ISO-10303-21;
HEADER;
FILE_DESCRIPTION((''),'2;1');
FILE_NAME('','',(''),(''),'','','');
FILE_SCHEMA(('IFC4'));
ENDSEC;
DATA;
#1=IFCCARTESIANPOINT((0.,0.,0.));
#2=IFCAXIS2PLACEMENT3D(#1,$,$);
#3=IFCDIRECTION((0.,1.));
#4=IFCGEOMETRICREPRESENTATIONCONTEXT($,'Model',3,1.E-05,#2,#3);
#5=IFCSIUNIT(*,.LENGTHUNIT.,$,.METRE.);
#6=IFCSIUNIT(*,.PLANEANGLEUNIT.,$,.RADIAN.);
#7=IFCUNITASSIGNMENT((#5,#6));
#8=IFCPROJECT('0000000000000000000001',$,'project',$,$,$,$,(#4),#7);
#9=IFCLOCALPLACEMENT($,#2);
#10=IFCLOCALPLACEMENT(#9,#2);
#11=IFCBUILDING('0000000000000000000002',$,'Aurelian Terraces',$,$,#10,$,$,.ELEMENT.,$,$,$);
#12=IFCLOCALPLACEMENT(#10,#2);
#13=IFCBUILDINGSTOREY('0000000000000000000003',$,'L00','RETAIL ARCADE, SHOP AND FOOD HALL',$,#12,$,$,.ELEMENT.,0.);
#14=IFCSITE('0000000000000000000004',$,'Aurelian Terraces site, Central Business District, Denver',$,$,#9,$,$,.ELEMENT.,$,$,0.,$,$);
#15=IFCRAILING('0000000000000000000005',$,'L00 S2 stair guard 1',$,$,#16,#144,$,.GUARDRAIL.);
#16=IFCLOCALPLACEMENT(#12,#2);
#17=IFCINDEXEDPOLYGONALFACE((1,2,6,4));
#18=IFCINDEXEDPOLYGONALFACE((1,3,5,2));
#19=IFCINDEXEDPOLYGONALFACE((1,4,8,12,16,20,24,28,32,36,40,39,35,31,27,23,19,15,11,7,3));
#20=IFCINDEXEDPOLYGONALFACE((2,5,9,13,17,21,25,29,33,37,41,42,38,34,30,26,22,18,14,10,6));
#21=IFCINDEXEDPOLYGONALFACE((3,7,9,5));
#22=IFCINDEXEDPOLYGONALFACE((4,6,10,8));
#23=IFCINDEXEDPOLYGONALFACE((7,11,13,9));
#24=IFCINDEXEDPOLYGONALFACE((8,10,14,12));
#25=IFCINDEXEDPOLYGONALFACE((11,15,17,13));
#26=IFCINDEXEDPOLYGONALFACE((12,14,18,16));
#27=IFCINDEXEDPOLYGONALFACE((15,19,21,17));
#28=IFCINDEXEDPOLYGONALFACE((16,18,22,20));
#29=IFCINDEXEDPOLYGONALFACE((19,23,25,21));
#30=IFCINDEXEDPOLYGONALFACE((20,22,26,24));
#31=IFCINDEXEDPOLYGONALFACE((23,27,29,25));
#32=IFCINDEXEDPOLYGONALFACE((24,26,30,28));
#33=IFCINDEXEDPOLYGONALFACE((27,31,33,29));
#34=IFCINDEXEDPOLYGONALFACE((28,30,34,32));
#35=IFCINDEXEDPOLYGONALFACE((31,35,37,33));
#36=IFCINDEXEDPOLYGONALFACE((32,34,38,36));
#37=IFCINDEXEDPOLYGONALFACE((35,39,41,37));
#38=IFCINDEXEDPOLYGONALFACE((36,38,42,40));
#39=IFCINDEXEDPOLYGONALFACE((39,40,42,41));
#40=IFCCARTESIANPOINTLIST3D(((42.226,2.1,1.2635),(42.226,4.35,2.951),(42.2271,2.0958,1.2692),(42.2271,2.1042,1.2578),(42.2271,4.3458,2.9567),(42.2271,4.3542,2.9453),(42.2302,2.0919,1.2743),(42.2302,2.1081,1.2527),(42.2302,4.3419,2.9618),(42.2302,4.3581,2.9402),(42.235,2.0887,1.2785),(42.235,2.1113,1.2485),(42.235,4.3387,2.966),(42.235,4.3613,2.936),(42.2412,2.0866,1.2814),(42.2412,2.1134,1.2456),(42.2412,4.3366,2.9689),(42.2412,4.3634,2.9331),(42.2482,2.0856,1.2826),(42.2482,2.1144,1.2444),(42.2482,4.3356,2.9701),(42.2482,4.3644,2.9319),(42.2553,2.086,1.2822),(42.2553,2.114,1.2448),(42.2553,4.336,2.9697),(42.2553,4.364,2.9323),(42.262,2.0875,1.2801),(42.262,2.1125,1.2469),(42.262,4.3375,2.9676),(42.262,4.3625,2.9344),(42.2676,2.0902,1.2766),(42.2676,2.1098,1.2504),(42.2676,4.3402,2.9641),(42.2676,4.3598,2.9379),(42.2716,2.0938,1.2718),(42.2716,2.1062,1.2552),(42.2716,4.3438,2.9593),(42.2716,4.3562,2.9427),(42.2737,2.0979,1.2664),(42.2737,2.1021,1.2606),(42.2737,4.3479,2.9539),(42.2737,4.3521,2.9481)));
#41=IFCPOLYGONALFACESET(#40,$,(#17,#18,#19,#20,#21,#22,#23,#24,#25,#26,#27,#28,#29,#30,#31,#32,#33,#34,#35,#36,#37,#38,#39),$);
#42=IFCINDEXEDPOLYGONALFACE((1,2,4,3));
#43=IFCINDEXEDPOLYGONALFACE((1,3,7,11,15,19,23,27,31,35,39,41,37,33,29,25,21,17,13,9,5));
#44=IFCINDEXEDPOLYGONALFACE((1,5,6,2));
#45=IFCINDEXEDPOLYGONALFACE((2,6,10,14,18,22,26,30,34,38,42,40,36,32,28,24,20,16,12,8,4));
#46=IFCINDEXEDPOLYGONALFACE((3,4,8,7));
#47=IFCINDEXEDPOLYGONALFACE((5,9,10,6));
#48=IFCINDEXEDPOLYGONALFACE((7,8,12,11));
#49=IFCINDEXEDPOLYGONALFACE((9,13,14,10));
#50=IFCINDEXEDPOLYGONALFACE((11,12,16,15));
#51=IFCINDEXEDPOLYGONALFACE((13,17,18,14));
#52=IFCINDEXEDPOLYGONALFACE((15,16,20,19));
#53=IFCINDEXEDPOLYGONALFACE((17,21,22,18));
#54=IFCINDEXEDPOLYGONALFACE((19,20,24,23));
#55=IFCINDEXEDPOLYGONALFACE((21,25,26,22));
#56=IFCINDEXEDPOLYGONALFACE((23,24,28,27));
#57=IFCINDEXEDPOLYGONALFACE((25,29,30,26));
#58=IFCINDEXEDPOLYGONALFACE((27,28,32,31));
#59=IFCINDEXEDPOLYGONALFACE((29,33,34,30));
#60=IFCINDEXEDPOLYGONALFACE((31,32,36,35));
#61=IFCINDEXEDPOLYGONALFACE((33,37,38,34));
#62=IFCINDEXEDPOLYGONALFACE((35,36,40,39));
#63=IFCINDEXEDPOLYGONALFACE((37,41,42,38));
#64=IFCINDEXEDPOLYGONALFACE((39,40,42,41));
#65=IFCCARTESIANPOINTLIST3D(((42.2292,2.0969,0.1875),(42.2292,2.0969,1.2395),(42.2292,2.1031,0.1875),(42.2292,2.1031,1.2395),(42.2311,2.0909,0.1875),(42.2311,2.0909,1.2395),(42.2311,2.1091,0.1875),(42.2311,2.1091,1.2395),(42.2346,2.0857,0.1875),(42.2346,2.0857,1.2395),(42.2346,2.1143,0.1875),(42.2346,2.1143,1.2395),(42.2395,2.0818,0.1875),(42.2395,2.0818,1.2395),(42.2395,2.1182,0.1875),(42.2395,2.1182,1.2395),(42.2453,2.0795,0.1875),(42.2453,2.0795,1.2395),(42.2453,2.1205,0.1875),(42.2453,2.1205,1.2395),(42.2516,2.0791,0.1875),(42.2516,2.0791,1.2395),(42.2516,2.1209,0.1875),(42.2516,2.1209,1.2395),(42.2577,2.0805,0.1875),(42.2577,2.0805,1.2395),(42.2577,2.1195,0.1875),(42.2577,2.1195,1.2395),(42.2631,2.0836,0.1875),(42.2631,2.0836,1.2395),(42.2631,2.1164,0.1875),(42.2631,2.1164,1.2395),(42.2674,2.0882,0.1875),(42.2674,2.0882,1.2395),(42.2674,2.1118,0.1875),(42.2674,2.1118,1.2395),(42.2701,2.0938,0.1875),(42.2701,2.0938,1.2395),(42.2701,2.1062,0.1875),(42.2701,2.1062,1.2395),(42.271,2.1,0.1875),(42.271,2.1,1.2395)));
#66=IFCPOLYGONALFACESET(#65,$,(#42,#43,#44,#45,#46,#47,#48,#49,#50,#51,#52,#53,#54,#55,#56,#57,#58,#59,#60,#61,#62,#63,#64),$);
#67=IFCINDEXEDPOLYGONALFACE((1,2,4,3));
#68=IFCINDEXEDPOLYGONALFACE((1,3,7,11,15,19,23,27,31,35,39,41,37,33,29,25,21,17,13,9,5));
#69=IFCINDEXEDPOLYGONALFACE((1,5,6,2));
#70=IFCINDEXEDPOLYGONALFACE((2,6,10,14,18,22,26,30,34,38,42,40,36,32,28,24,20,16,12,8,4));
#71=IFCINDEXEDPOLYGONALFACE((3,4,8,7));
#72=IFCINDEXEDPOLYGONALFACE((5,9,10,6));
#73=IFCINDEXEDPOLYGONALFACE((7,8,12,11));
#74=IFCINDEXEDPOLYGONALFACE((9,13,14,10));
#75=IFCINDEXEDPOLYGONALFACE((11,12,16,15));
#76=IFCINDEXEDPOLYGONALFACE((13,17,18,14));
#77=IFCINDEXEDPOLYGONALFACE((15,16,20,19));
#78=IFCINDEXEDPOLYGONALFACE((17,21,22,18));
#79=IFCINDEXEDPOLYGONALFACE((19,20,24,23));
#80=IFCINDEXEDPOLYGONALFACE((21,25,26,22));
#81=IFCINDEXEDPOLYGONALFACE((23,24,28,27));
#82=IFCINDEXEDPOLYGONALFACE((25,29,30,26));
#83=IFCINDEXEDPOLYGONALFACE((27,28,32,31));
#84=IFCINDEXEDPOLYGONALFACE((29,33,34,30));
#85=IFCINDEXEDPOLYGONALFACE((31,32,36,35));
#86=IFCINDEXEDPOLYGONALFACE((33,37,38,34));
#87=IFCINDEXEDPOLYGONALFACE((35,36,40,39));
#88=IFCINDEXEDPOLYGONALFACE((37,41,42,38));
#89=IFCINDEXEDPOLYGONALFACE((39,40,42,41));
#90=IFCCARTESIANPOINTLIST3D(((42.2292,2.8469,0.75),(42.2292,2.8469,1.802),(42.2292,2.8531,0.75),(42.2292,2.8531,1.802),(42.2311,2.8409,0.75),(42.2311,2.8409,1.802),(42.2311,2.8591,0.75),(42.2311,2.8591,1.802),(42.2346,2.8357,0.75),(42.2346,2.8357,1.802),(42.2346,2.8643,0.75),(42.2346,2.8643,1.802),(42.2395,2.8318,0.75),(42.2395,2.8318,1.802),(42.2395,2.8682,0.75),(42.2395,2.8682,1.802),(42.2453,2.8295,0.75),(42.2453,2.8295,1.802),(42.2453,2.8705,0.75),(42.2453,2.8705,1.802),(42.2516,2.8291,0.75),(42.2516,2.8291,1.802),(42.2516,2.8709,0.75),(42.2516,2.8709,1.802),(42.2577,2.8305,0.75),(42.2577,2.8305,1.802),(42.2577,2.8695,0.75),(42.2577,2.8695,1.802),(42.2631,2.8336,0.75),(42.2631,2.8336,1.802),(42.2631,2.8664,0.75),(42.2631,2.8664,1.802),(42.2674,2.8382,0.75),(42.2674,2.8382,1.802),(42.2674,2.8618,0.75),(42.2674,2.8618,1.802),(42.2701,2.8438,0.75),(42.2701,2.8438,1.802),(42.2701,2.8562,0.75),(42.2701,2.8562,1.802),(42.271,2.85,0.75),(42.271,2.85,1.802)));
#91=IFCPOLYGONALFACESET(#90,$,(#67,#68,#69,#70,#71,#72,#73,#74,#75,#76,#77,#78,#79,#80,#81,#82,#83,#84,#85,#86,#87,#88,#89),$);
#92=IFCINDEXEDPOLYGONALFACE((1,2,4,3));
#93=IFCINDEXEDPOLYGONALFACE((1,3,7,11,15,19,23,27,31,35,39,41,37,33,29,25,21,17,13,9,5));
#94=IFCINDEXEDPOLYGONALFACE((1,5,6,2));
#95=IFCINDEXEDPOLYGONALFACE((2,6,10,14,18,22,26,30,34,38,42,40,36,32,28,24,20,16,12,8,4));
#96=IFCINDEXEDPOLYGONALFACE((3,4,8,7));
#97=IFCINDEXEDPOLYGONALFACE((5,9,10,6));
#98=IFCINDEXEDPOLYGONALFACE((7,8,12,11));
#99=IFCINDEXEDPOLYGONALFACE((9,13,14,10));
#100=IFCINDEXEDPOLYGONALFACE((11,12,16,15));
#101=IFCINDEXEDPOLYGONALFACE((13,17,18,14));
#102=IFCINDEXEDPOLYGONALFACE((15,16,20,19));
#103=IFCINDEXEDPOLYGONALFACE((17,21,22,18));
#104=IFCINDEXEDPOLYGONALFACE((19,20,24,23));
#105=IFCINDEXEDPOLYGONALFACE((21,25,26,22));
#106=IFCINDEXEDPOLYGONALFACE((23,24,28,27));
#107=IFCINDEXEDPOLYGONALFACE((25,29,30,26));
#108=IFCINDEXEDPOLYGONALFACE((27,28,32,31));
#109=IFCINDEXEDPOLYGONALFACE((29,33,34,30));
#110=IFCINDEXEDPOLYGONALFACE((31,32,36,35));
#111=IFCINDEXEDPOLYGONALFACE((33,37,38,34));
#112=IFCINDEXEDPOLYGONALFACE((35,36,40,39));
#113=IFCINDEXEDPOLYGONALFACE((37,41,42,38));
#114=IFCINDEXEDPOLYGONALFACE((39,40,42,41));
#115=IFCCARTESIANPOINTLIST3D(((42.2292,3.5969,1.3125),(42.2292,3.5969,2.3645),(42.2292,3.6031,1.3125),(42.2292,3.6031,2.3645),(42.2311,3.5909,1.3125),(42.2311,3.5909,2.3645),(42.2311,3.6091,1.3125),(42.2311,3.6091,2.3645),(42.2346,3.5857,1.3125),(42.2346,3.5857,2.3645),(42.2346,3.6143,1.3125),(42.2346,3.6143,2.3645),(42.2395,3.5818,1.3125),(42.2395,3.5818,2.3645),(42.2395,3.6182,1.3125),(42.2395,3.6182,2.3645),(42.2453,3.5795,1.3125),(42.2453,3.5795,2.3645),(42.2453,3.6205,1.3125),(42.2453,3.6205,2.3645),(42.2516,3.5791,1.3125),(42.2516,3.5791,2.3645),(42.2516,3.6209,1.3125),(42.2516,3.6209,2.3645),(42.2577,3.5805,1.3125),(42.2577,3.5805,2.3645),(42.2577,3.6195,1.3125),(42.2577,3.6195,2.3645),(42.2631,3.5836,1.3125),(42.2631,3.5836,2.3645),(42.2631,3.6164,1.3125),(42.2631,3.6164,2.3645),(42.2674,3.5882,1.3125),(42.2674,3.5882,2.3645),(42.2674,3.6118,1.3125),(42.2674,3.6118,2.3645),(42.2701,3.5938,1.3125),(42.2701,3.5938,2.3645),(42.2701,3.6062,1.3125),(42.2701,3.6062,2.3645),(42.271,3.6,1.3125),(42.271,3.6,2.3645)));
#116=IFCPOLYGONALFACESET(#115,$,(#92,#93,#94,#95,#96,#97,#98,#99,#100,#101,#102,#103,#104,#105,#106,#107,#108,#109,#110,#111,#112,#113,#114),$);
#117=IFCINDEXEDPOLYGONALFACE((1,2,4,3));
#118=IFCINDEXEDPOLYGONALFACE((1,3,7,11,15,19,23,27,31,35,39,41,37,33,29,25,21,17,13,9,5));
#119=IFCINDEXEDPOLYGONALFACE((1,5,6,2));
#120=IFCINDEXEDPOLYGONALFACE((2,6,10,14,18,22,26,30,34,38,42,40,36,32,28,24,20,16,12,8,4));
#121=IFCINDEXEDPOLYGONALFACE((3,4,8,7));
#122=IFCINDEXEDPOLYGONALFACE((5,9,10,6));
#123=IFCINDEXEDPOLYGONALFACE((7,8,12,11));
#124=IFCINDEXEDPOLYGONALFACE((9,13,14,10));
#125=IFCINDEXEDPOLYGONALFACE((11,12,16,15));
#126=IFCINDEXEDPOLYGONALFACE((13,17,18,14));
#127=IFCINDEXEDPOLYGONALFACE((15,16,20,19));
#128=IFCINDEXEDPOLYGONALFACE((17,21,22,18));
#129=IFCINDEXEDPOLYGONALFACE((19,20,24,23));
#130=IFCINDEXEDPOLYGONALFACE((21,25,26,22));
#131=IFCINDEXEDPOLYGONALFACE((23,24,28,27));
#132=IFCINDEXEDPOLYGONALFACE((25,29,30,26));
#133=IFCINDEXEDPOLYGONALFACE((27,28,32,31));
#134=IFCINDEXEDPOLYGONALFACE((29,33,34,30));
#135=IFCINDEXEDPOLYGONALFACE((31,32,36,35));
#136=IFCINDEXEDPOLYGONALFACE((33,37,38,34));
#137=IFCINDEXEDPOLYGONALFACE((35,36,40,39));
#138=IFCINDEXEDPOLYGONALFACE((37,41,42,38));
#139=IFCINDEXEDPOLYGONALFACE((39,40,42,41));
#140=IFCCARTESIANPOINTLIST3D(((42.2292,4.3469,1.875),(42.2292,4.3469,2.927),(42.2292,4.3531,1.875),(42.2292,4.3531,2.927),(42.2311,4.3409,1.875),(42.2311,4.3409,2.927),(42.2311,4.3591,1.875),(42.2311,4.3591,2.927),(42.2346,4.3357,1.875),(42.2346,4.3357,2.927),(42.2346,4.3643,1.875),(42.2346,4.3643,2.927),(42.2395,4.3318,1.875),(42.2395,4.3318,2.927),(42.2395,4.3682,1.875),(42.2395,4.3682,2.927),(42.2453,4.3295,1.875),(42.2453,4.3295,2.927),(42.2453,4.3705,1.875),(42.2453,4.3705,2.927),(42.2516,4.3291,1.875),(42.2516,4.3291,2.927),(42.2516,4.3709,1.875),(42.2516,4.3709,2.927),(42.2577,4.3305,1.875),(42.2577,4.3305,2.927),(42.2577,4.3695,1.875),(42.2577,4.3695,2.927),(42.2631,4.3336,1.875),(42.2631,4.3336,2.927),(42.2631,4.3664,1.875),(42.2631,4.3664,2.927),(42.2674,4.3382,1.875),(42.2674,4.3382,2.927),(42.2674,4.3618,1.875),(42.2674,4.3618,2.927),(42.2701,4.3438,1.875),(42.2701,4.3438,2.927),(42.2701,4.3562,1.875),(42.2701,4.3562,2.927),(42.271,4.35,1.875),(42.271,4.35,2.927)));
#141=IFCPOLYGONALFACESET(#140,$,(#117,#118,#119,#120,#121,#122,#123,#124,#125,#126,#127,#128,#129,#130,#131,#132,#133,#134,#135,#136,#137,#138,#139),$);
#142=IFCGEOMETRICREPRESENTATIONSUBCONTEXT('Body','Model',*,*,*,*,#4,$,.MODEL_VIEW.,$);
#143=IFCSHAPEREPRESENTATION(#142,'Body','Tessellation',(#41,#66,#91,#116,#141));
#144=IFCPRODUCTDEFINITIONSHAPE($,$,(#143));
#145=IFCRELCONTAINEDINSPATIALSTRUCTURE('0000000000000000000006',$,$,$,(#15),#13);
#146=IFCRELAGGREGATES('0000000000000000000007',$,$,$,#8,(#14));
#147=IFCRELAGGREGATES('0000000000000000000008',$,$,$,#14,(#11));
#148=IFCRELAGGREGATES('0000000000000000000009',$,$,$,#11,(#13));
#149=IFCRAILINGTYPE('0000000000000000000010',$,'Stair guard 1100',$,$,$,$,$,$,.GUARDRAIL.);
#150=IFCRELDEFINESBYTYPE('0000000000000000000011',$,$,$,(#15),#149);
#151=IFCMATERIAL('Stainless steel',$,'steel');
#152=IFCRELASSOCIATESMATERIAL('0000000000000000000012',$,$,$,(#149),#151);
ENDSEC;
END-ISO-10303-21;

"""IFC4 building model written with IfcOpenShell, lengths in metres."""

from ifc_helpers import new_model, si_unit, direction, frame, origin, origin_2d, place, context, subcontext, project, spatial, circle, extrude, source, transform, mapped, material, type_object, element, save


model = new_model("IFC4")

# Units and contexts
model_context = context("Model", 3, precision=1e-05, world=origin(), true_north=direction((0.0, 1.0)))
body_context = subcontext(model_context, "Body", "Model", "MODEL_VIEW")
ifc_project = project(units=[si_unit("LENGTHUNIT", "METRE"), si_unit("PLANEANGLEUNIT", "RADIAN")], contexts=[model_context])

# Site, building, storey
site_placement = place(None, origin())
site = spatial("IfcSite", under=ifc_project, at=site_placement, Name="Aurelian Terraces site, Central Business District, Denver", CompositionType="ELEMENT", RefElevation=0.0)
building_placement = place(site_placement, origin())
building = spatial("IfcBuilding", under=site, at=building_placement, Name="Aurelian Terraces", CompositionType="ELEMENT")
storey_placement = place(building_placement, origin())
storey = spatial("IfcBuildingStorey", under=building, at=storey_placement, Name="L00", Description="RETAIL ARCADE, SHOP AND FOOD HALL", CompositionType="ELEMENT", Elevation=0.0)

# Railing
ifc_material_1 = material(Name="Stainless steel", Category="steel")
railing_type_1 = type_object("IfcRailingType", Name="Stair guard 1100", PredefinedType="GUARDRAIL", material=ifc_material_1)
shared_shape_1 = source(origin(), body_context, "Body", "SweptSolid", [
    extrude(circle(Radius=0.024, at=origin_2d()), frame((0.0, 0.0, 1.076), z_axis=(0.0, 0.8, 0.6), x_axis=(-1.0, 0.0, 0.0)), (0.0, 0.0, 1.0), 2.8125),
    extrude(circle(Radius=0.021, at=origin_2d()), origin(), (0.0, 0.0, 1.0), 1.052),
    extrude(circle(Radius=0.021, at=origin_2d()), frame((0.0, 0.75, 0.5625)), (0.0, 0.0, 1.0), 1.052),
    extrude(circle(Radius=0.021, at=origin_2d()), frame((0.0, 1.5, 1.125)), (0.0, 0.0, 1.0), 1.052),
    extrude(circle(Radius=0.021, at=origin_2d()), frame((0.0, 2.25, 1.6875)), (0.0, 0.0, 1.0), 1.052),
])
for number, where, name in (
    (1, (42.25, 2.1, 0.1875), "L00 S2 stair guard 1"),
):
    element("IfcRailing", number, at=place(storey_placement, frame(where)), inside=storey, type_object=railing_type_1, Name=name, PredefinedType="GUARDRAIL", context=body_context, shape_type="MappedRepresentation", body=[
        mapped(shared_shape_1, transform((0.0, 0.0, 0.0), scale=1.0)),
    ])

save(model, "model.ifc")
